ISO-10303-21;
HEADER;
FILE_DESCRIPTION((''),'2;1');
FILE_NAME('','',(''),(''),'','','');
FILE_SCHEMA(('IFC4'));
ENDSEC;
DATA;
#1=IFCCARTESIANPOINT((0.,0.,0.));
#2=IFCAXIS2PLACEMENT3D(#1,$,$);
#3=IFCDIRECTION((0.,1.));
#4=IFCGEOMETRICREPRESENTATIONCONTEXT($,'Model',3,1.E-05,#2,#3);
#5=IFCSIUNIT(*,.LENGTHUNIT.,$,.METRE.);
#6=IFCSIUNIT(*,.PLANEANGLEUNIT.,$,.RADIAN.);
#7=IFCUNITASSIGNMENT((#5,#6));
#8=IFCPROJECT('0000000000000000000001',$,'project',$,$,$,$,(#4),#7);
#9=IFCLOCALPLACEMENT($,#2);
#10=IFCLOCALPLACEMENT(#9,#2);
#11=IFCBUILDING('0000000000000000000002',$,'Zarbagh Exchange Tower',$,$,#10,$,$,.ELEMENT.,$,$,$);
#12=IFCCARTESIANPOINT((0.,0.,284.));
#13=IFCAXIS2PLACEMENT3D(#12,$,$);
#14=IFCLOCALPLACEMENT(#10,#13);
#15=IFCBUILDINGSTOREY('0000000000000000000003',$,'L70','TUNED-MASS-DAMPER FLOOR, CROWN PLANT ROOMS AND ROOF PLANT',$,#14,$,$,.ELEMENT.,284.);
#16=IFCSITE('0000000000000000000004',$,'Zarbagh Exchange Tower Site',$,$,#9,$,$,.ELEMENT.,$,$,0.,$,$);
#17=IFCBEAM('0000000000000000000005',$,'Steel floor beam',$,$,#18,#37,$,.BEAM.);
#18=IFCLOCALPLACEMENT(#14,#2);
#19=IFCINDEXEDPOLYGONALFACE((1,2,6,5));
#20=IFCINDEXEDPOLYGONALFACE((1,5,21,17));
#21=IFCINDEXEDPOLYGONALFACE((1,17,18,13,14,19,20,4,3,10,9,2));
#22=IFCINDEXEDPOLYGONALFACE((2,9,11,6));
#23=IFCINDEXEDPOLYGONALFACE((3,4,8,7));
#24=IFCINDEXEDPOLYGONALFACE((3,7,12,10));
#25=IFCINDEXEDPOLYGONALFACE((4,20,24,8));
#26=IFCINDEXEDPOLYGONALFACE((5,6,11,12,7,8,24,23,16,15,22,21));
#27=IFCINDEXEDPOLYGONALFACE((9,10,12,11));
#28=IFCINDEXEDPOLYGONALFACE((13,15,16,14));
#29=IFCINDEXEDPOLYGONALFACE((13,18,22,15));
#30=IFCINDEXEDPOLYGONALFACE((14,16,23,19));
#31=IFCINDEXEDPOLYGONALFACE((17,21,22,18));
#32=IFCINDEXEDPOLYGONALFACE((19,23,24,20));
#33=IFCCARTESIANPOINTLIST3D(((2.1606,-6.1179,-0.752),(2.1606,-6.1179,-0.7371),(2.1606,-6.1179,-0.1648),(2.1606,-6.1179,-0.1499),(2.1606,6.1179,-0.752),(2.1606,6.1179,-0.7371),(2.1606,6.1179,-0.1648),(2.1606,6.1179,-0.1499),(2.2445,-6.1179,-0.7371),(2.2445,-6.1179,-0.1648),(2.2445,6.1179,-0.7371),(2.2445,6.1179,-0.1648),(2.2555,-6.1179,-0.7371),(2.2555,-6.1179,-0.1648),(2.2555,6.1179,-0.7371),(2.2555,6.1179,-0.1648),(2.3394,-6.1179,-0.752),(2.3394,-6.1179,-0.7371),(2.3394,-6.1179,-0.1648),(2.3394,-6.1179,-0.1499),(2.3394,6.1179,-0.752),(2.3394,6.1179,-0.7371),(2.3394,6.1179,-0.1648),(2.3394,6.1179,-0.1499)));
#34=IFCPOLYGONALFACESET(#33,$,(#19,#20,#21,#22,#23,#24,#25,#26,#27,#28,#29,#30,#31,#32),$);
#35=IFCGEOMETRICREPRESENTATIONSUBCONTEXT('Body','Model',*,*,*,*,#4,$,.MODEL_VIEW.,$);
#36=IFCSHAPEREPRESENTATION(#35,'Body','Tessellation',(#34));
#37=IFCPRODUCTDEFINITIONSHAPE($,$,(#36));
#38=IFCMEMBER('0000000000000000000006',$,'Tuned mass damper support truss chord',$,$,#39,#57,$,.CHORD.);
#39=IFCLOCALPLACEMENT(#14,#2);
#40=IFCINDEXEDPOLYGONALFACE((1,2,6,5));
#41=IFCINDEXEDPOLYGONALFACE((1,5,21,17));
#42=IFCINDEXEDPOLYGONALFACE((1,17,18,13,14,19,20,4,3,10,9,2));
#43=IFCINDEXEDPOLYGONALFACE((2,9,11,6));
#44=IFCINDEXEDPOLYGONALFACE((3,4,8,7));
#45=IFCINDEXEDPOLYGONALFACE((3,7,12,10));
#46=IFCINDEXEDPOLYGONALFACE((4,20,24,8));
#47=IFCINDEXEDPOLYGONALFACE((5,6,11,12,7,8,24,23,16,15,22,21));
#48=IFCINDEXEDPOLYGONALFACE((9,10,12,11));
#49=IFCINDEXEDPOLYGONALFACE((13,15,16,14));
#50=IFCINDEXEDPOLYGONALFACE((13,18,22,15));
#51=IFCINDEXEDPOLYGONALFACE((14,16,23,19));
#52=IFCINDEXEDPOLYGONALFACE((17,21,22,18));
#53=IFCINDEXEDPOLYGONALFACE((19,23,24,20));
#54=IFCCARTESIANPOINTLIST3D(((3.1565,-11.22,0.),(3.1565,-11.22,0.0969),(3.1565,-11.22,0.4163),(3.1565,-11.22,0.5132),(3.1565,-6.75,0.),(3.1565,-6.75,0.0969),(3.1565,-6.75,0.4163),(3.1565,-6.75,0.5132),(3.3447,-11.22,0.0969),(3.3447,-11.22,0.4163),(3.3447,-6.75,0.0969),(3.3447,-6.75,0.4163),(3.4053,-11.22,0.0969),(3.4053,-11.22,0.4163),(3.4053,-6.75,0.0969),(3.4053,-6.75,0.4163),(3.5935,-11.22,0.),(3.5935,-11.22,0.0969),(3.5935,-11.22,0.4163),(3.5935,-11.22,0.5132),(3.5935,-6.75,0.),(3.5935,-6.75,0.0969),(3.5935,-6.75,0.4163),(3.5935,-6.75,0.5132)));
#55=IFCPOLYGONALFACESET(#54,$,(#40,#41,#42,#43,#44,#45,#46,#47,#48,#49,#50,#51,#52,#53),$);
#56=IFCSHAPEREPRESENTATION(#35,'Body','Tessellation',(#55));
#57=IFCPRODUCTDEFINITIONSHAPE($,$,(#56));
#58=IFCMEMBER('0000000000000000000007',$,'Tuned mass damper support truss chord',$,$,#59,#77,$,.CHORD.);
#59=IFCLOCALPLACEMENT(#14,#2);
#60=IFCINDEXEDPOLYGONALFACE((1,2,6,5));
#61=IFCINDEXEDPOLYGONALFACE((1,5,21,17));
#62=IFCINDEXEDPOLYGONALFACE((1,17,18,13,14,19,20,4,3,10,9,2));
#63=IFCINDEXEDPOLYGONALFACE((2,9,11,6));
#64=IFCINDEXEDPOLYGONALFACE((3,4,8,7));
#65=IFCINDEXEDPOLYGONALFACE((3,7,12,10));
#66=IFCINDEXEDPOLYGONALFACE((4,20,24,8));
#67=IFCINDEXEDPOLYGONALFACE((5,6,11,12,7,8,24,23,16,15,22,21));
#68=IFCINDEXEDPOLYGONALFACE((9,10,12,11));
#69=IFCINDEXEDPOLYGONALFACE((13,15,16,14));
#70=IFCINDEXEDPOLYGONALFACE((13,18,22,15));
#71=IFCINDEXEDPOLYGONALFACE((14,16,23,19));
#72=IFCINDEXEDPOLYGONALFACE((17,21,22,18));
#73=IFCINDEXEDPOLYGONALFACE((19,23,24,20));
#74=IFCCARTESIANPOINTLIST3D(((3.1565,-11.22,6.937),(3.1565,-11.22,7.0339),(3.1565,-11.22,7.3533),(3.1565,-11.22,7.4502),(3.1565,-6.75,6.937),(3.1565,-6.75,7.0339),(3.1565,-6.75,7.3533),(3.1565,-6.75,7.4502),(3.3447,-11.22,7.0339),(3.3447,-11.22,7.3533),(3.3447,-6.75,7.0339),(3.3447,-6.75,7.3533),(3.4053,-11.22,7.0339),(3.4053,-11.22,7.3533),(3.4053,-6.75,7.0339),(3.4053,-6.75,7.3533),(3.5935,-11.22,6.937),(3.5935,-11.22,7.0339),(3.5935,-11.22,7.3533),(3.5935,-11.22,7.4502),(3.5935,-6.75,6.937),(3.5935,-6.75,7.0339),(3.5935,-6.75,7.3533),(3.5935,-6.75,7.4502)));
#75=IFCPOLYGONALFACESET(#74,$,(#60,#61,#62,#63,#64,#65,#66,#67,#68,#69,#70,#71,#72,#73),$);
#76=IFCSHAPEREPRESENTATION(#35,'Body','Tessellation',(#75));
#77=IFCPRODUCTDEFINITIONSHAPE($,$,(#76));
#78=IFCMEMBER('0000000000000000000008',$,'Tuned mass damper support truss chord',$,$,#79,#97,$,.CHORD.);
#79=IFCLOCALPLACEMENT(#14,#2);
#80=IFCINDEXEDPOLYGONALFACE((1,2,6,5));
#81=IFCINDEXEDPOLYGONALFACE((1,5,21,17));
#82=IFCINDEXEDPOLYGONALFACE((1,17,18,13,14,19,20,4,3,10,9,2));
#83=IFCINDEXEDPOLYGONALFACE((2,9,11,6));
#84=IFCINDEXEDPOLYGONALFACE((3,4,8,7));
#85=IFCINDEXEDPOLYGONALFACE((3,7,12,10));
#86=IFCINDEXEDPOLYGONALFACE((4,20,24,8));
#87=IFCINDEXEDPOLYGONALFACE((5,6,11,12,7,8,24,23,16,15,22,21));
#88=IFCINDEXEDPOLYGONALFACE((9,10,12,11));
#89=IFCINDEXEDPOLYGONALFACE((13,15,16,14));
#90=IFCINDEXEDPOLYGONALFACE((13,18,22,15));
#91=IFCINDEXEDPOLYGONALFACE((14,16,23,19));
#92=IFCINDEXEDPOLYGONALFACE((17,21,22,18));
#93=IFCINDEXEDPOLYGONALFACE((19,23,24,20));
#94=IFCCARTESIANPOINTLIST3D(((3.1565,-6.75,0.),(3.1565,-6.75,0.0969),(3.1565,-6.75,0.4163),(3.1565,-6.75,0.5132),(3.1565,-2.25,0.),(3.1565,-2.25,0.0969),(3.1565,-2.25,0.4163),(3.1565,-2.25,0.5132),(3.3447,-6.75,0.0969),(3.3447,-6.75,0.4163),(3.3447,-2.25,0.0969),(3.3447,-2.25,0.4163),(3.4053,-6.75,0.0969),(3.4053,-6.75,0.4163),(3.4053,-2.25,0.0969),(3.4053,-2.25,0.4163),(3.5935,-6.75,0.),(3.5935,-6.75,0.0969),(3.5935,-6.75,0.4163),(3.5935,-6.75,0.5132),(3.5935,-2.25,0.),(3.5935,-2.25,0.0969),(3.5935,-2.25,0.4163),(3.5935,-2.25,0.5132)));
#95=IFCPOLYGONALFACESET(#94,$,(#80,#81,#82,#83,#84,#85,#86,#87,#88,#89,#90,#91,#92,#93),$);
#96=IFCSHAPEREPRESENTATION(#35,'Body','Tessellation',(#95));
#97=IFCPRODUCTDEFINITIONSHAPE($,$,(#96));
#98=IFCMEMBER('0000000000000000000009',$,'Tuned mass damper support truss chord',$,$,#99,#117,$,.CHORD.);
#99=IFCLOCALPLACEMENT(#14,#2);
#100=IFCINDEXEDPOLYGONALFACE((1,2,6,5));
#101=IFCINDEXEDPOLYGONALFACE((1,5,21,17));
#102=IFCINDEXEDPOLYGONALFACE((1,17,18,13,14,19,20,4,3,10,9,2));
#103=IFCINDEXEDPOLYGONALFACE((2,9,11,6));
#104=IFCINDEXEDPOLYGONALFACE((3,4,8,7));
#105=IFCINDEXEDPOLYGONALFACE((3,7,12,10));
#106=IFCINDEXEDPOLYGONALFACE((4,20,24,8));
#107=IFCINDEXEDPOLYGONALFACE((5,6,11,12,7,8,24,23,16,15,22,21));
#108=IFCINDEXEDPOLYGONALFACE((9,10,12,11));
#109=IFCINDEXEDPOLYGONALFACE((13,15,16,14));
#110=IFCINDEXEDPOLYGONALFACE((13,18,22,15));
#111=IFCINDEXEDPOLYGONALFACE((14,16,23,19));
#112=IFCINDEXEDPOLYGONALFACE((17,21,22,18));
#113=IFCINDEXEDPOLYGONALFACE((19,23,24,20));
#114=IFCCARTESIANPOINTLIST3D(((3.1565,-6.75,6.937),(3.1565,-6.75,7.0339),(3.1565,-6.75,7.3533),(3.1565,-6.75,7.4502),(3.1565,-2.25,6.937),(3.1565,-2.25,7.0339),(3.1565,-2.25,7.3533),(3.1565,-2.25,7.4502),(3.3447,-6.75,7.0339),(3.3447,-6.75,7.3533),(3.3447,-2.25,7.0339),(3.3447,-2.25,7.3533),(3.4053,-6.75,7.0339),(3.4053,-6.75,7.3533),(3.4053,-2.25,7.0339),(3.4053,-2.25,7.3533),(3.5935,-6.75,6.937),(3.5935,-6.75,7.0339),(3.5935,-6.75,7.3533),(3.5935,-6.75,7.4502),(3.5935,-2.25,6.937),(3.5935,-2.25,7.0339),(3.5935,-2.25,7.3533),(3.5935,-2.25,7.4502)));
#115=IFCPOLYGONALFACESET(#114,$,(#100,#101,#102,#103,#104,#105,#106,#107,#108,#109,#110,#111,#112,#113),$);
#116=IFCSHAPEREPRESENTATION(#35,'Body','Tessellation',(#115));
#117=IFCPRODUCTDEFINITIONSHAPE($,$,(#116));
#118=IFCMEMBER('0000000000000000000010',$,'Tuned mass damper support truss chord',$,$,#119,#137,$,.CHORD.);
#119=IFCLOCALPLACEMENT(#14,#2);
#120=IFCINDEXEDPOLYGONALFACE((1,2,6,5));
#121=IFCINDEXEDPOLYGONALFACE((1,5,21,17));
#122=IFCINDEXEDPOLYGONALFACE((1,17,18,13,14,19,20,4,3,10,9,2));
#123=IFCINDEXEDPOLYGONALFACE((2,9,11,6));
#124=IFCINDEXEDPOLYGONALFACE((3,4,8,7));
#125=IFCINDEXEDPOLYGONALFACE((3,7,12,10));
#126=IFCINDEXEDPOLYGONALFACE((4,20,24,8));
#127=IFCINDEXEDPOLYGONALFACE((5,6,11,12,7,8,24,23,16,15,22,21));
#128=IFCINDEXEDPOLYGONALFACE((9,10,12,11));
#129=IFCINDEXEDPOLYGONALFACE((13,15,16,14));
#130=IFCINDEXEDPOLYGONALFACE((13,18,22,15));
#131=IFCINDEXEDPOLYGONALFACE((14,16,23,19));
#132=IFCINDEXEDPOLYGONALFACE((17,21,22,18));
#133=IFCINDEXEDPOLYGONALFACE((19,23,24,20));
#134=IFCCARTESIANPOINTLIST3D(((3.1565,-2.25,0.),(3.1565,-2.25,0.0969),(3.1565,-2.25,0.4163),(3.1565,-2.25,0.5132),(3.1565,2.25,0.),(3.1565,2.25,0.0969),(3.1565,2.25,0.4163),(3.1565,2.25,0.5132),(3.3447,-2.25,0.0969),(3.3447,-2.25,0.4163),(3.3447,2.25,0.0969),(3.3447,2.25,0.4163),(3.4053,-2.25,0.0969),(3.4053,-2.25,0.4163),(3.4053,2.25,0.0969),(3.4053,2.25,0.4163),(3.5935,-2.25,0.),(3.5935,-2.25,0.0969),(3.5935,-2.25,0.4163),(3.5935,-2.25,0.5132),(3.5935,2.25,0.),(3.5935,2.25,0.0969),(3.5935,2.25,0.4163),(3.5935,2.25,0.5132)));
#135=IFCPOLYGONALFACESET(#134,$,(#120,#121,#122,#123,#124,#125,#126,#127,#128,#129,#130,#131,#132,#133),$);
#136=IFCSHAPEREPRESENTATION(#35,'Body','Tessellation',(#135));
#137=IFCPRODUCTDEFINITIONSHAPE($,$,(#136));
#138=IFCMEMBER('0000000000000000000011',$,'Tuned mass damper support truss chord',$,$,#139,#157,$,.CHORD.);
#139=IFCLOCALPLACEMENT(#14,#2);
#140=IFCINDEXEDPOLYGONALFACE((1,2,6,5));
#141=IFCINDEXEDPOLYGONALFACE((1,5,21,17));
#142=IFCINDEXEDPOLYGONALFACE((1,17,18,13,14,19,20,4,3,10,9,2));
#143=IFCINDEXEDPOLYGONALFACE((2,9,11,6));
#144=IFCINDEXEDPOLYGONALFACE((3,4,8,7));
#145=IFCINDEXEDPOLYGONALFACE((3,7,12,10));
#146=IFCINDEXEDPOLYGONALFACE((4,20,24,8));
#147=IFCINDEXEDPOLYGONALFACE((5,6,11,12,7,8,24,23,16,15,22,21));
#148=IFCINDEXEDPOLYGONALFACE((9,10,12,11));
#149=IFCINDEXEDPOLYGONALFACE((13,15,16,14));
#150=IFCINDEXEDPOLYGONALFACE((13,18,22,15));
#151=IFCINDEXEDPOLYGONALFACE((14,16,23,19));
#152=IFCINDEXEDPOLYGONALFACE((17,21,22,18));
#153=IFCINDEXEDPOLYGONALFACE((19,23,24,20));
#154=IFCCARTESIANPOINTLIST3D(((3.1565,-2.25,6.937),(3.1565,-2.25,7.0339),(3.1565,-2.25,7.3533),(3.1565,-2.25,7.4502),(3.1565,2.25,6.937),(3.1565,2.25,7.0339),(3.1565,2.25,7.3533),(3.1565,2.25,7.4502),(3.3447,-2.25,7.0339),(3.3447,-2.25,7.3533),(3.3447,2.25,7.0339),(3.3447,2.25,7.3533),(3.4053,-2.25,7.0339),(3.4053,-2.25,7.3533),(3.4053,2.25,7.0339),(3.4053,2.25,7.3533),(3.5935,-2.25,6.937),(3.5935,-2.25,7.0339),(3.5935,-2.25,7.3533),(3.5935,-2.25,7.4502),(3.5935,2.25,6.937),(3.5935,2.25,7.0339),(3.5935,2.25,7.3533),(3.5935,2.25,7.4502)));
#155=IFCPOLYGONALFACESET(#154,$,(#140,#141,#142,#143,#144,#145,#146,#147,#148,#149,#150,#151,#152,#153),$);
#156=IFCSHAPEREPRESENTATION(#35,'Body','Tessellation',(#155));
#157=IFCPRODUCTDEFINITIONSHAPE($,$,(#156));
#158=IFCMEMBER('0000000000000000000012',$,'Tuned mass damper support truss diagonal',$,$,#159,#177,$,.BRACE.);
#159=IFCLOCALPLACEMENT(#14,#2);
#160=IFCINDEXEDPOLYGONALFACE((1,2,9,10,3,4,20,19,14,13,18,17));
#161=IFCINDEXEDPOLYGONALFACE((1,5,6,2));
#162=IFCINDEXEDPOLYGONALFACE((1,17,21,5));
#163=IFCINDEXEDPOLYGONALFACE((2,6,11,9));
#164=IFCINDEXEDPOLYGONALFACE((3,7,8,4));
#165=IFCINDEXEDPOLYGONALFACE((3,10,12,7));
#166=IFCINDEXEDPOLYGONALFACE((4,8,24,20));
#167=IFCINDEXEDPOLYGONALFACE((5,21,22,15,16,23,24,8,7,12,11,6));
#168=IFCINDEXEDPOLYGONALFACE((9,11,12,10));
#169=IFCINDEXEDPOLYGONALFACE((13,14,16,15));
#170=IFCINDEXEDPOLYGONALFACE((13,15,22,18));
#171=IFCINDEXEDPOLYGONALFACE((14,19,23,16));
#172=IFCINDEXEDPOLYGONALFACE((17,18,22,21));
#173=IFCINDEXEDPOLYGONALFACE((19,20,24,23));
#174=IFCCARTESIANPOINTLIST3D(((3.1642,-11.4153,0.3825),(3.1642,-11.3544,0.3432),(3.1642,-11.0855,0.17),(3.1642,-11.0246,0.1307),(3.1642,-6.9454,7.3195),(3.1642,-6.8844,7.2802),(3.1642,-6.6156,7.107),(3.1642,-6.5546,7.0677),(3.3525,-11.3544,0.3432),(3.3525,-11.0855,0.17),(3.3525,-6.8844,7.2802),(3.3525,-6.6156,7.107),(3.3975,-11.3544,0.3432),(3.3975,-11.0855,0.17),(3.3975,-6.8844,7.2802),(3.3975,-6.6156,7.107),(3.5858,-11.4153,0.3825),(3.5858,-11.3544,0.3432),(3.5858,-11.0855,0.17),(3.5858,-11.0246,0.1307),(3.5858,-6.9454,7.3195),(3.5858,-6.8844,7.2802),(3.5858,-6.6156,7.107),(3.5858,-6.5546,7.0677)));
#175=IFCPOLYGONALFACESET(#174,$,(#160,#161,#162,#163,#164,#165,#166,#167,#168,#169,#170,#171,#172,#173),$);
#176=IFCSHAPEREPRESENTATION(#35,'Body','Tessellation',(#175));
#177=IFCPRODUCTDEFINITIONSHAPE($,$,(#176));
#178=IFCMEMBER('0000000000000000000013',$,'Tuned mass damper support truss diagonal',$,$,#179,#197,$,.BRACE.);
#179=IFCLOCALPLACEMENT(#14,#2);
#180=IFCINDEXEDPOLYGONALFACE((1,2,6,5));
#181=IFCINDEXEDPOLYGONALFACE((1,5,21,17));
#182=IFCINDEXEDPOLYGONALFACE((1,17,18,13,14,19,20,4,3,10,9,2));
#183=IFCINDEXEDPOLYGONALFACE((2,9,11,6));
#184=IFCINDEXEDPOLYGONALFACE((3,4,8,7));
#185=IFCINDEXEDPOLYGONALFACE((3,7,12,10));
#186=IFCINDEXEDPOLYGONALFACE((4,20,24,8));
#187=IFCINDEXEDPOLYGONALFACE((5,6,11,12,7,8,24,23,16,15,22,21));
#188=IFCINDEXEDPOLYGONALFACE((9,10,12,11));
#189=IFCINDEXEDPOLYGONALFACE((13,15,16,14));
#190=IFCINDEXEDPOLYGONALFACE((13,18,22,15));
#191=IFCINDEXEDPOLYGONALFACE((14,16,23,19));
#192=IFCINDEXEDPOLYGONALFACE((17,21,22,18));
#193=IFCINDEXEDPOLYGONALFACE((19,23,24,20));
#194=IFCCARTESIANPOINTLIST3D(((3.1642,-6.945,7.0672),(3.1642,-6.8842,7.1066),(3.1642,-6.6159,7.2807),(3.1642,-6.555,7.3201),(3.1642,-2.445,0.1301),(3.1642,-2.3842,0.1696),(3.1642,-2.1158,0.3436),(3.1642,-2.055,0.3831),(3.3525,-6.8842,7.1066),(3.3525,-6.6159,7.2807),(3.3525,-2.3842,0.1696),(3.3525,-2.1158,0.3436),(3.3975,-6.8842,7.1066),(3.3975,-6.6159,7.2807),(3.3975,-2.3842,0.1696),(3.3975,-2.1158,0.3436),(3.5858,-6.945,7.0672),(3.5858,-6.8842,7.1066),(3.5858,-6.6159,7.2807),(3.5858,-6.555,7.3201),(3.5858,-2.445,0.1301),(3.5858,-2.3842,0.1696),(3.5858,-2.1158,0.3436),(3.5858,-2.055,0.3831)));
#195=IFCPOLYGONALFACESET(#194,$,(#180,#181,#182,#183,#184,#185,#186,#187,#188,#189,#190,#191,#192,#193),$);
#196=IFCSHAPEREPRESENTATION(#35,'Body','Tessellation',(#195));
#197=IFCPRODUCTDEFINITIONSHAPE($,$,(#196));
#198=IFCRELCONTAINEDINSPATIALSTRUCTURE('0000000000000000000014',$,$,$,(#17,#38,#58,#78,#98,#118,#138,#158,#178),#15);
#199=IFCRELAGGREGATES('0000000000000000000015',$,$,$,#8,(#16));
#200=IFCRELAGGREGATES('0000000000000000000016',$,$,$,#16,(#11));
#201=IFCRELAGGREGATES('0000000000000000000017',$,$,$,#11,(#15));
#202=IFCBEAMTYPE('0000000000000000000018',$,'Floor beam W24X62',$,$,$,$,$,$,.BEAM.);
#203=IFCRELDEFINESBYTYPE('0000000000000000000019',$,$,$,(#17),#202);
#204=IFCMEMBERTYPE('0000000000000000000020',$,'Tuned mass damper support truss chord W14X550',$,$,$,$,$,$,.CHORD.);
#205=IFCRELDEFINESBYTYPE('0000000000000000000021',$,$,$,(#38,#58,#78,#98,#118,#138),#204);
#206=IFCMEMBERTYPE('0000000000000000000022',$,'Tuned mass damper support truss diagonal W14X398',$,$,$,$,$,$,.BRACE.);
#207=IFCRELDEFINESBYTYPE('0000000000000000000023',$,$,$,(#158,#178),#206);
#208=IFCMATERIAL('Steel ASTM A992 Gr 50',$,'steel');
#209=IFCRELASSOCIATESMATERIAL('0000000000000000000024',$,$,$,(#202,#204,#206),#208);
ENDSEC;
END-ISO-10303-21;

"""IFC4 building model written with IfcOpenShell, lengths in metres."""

from ifc_helpers import new_model, si_unit, direction, frame, origin, origin_2d, place, context, subcontext, project, spatial, i_section, extrude, material, material_profile, profile_set, type_object, element, save


model = new_model("IFC4")

# Units and contexts
model_context = context("Model", 3, precision=1e-05, world=origin(), true_north=direction((0.0, 1.0)))
body_context = subcontext(model_context, "Body", "Model", "MODEL_VIEW")
ifc_project = project(units=[si_unit("LENGTHUNIT", "METRE"), si_unit("PLANEANGLEUNIT", "RADIAN")], contexts=[model_context])

# Site, building, storey
site_placement = place(None, origin())
site = spatial("IfcSite", under=ifc_project, at=site_placement, Name="Zarbagh Exchange Tower Site", CompositionType="ELEMENT", RefElevation=0.0)
building_placement = place(site_placement, origin())
building = spatial("IfcBuilding", under=site, at=building_placement, Name="Zarbagh Exchange Tower", CompositionType="ELEMENT")
storey_placement = place(building_placement, frame((0.0, 0.0, 284.0)))
storey = spatial("IfcBuildingStorey", under=building, at=storey_placement, Name="L70", Description="TUNED-MASS-DAMPER FLOOR, CROWN PLANT ROOMS AND ROOF PLANT", CompositionType="ELEMENT", Elevation=284.0)

# Beam
ifc_material_1 = material(Name="Steel ASTM A992 Gr 50", Category="steel")
ifc_material_profile_1 = material_profile(ifc_material_1, i_section(OverallWidth=0.1787, OverallDepth=0.6021, WebThickness=0.011, FlangeThickness=0.0149, at=origin_2d()), Name="W24X62")
ifc_profile_set_1 = profile_set([ifc_material_profile_1], Name="Steel ASTM A992 Gr 50")
beam_type = type_object("IfcBeamType", Name="Floor beam W24X62", PredefinedType="BEAM", material=ifc_profile_set_1)
beam_placement = place(storey_placement, frame((2.25, -6.1179, -0.4509), z_axis=(0.0, 1.0, 0.0), x_axis=(-1.0, 0.0, 0.0)))
element("IfcBeam", 1, at=beam_placement, inside=storey, type_object=beam_type, Name="Steel floor beam", PredefinedType="BEAM", context=body_context, shape_type="SweptSolid", body=[
    extrude(i_section(OverallWidth=0.1787, OverallDepth=0.6021, WebThickness=0.011, FlangeThickness=0.0149, at=origin_2d()), origin(), (0.0, 0.0, 1.0), 12.2358),
])

# Members
ifc_material_profile_2 = material_profile(ifc_material_1, i_section(OverallWidth=0.437, OverallDepth=0.5132, WebThickness=0.0605, FlangeThickness=0.0969, at=origin_2d()), Name="W14X550")
ifc_profile_set_2 = profile_set([ifc_material_profile_2], Name="Steel ASTM A992 Gr 50")
member_type_1 = type_object("IfcMemberType", Name="Tuned mass damper support truss chord W14X550", PredefinedType="CHORD", material=ifc_profile_set_2)
for number, where, z_axis, x_axis, name in (
    (2, (3.375, -11.22, 0.2566), (0.0, 1.0, 0.0), (-1.0, 0.0, 0.0), "Tuned mass damper support truss chord"),
    (3, (3.375, -11.22, 7.1936), (0.0, 1.0, 0.0), (-1.0, 0.0, 0.0), "Tuned mass damper support truss chord"),
):
    element("IfcMember", number, at=place(storey_placement, frame(where, z_axis=z_axis, x_axis=x_axis)), inside=storey, type_object=member_type_1, Name=name, PredefinedType="CHORD", context=body_context, shape_type="SweptSolid", body=[
        extrude(i_section(OverallWidth=0.437, OverallDepth=0.5132, WebThickness=0.0605, FlangeThickness=0.0969, at=origin_2d()), origin(), (0.0, 0.0, 1.0), 4.47),
    ])
for number, where, z_axis, x_axis, name in (
    (4, (3.375, -6.75, 0.2566), (0.0, 1.0, 0.0), (-1.0, 0.0, 0.0), "Tuned mass damper support truss chord"),
    (5, (3.375, -6.75, 7.1936), (0.0, 1.0, 0.0), (-1.0, 0.0, 0.0), "Tuned mass damper support truss chord"),
    (6, (3.375, -2.25, 0.2566), (0.0, 1.0, 0.0), (-1.0, 0.0, 0.0), "Tuned mass damper support truss chord"),
    (7, (3.375, -2.25, 7.1936), (0.0, 1.0, 0.0), (-1.0, 0.0, 0.0), "Tuned mass damper support truss chord"),
):
    element("IfcMember", number, at=place(storey_placement, frame(where, z_axis=z_axis, x_axis=x_axis)), inside=storey, type_object=member_type_1, Name=name, PredefinedType="CHORD", context=body_context, shape_type="SweptSolid", body=[
        extrude(i_section(OverallWidth=0.437, OverallDepth=0.5132, WebThickness=0.0605, FlangeThickness=0.0969, at=origin_2d()), origin(), (0.0, 0.0, 1.0), 4.5),
    ])
ifc_material_profile_3 = material_profile(ifc_material_1, i_section(OverallWidth=0.4216, OverallDepth=0.4648, WebThickness=0.0449, FlangeThickness=0.0725, at=origin_2d()), Name="W14X398")
ifc_profile_set_3 = profile_set([ifc_material_profile_3], Name="Steel ASTM A992 Gr 50")
member_type_2 = type_object("IfcMemberType", Name="Tuned mass damper support truss diagonal W14X398", PredefinedType="BRACE", material=ifc_profile_set_3)
member_1_placement = place(storey_placement, frame((3.375, -11.22, 0.2566), z_axis=(0.0, 0.541654, 0.840601), x_axis=(-1.0, 0.0, 0.0)))
element("IfcMember", 8, at=member_1_placement, inside=storey, type_object=member_type_2, Name="Tuned mass damper support truss diagonal", PredefinedType="BRACE", context=body_context, shape_type="SweptSolid", body=[
    extrude(i_section(OverallWidth=0.4216, OverallDepth=0.4648, WebThickness=0.0449, FlangeThickness=0.0725, at=origin_2d()), origin(), (0.0, 0.0, 1.0), 8.2524),
])
for number, where, z_axis, x_axis, name in (
    (9, (3.375, -2.25, 0.2566), (0.0, -0.544218, 0.838944), (1.0, 0.0, 0.0), "Tuned mass damper support truss diagonal"),
):
    element("IfcMember", number, at=place(storey_placement, frame(where, z_axis=z_axis, x_axis=x_axis)), inside=storey, type_object=member_type_2, Name=name, PredefinedType="BRACE", context=body_context, shape_type="SweptSolid", body=[
        extrude(i_section(OverallWidth=0.4216, OverallDepth=0.4648, WebThickness=0.0449, FlangeThickness=0.0725, at=origin_2d()), origin(), (0.0, 0.0, 1.0), 8.2688),
    ])

save(model, "model.ifc")
